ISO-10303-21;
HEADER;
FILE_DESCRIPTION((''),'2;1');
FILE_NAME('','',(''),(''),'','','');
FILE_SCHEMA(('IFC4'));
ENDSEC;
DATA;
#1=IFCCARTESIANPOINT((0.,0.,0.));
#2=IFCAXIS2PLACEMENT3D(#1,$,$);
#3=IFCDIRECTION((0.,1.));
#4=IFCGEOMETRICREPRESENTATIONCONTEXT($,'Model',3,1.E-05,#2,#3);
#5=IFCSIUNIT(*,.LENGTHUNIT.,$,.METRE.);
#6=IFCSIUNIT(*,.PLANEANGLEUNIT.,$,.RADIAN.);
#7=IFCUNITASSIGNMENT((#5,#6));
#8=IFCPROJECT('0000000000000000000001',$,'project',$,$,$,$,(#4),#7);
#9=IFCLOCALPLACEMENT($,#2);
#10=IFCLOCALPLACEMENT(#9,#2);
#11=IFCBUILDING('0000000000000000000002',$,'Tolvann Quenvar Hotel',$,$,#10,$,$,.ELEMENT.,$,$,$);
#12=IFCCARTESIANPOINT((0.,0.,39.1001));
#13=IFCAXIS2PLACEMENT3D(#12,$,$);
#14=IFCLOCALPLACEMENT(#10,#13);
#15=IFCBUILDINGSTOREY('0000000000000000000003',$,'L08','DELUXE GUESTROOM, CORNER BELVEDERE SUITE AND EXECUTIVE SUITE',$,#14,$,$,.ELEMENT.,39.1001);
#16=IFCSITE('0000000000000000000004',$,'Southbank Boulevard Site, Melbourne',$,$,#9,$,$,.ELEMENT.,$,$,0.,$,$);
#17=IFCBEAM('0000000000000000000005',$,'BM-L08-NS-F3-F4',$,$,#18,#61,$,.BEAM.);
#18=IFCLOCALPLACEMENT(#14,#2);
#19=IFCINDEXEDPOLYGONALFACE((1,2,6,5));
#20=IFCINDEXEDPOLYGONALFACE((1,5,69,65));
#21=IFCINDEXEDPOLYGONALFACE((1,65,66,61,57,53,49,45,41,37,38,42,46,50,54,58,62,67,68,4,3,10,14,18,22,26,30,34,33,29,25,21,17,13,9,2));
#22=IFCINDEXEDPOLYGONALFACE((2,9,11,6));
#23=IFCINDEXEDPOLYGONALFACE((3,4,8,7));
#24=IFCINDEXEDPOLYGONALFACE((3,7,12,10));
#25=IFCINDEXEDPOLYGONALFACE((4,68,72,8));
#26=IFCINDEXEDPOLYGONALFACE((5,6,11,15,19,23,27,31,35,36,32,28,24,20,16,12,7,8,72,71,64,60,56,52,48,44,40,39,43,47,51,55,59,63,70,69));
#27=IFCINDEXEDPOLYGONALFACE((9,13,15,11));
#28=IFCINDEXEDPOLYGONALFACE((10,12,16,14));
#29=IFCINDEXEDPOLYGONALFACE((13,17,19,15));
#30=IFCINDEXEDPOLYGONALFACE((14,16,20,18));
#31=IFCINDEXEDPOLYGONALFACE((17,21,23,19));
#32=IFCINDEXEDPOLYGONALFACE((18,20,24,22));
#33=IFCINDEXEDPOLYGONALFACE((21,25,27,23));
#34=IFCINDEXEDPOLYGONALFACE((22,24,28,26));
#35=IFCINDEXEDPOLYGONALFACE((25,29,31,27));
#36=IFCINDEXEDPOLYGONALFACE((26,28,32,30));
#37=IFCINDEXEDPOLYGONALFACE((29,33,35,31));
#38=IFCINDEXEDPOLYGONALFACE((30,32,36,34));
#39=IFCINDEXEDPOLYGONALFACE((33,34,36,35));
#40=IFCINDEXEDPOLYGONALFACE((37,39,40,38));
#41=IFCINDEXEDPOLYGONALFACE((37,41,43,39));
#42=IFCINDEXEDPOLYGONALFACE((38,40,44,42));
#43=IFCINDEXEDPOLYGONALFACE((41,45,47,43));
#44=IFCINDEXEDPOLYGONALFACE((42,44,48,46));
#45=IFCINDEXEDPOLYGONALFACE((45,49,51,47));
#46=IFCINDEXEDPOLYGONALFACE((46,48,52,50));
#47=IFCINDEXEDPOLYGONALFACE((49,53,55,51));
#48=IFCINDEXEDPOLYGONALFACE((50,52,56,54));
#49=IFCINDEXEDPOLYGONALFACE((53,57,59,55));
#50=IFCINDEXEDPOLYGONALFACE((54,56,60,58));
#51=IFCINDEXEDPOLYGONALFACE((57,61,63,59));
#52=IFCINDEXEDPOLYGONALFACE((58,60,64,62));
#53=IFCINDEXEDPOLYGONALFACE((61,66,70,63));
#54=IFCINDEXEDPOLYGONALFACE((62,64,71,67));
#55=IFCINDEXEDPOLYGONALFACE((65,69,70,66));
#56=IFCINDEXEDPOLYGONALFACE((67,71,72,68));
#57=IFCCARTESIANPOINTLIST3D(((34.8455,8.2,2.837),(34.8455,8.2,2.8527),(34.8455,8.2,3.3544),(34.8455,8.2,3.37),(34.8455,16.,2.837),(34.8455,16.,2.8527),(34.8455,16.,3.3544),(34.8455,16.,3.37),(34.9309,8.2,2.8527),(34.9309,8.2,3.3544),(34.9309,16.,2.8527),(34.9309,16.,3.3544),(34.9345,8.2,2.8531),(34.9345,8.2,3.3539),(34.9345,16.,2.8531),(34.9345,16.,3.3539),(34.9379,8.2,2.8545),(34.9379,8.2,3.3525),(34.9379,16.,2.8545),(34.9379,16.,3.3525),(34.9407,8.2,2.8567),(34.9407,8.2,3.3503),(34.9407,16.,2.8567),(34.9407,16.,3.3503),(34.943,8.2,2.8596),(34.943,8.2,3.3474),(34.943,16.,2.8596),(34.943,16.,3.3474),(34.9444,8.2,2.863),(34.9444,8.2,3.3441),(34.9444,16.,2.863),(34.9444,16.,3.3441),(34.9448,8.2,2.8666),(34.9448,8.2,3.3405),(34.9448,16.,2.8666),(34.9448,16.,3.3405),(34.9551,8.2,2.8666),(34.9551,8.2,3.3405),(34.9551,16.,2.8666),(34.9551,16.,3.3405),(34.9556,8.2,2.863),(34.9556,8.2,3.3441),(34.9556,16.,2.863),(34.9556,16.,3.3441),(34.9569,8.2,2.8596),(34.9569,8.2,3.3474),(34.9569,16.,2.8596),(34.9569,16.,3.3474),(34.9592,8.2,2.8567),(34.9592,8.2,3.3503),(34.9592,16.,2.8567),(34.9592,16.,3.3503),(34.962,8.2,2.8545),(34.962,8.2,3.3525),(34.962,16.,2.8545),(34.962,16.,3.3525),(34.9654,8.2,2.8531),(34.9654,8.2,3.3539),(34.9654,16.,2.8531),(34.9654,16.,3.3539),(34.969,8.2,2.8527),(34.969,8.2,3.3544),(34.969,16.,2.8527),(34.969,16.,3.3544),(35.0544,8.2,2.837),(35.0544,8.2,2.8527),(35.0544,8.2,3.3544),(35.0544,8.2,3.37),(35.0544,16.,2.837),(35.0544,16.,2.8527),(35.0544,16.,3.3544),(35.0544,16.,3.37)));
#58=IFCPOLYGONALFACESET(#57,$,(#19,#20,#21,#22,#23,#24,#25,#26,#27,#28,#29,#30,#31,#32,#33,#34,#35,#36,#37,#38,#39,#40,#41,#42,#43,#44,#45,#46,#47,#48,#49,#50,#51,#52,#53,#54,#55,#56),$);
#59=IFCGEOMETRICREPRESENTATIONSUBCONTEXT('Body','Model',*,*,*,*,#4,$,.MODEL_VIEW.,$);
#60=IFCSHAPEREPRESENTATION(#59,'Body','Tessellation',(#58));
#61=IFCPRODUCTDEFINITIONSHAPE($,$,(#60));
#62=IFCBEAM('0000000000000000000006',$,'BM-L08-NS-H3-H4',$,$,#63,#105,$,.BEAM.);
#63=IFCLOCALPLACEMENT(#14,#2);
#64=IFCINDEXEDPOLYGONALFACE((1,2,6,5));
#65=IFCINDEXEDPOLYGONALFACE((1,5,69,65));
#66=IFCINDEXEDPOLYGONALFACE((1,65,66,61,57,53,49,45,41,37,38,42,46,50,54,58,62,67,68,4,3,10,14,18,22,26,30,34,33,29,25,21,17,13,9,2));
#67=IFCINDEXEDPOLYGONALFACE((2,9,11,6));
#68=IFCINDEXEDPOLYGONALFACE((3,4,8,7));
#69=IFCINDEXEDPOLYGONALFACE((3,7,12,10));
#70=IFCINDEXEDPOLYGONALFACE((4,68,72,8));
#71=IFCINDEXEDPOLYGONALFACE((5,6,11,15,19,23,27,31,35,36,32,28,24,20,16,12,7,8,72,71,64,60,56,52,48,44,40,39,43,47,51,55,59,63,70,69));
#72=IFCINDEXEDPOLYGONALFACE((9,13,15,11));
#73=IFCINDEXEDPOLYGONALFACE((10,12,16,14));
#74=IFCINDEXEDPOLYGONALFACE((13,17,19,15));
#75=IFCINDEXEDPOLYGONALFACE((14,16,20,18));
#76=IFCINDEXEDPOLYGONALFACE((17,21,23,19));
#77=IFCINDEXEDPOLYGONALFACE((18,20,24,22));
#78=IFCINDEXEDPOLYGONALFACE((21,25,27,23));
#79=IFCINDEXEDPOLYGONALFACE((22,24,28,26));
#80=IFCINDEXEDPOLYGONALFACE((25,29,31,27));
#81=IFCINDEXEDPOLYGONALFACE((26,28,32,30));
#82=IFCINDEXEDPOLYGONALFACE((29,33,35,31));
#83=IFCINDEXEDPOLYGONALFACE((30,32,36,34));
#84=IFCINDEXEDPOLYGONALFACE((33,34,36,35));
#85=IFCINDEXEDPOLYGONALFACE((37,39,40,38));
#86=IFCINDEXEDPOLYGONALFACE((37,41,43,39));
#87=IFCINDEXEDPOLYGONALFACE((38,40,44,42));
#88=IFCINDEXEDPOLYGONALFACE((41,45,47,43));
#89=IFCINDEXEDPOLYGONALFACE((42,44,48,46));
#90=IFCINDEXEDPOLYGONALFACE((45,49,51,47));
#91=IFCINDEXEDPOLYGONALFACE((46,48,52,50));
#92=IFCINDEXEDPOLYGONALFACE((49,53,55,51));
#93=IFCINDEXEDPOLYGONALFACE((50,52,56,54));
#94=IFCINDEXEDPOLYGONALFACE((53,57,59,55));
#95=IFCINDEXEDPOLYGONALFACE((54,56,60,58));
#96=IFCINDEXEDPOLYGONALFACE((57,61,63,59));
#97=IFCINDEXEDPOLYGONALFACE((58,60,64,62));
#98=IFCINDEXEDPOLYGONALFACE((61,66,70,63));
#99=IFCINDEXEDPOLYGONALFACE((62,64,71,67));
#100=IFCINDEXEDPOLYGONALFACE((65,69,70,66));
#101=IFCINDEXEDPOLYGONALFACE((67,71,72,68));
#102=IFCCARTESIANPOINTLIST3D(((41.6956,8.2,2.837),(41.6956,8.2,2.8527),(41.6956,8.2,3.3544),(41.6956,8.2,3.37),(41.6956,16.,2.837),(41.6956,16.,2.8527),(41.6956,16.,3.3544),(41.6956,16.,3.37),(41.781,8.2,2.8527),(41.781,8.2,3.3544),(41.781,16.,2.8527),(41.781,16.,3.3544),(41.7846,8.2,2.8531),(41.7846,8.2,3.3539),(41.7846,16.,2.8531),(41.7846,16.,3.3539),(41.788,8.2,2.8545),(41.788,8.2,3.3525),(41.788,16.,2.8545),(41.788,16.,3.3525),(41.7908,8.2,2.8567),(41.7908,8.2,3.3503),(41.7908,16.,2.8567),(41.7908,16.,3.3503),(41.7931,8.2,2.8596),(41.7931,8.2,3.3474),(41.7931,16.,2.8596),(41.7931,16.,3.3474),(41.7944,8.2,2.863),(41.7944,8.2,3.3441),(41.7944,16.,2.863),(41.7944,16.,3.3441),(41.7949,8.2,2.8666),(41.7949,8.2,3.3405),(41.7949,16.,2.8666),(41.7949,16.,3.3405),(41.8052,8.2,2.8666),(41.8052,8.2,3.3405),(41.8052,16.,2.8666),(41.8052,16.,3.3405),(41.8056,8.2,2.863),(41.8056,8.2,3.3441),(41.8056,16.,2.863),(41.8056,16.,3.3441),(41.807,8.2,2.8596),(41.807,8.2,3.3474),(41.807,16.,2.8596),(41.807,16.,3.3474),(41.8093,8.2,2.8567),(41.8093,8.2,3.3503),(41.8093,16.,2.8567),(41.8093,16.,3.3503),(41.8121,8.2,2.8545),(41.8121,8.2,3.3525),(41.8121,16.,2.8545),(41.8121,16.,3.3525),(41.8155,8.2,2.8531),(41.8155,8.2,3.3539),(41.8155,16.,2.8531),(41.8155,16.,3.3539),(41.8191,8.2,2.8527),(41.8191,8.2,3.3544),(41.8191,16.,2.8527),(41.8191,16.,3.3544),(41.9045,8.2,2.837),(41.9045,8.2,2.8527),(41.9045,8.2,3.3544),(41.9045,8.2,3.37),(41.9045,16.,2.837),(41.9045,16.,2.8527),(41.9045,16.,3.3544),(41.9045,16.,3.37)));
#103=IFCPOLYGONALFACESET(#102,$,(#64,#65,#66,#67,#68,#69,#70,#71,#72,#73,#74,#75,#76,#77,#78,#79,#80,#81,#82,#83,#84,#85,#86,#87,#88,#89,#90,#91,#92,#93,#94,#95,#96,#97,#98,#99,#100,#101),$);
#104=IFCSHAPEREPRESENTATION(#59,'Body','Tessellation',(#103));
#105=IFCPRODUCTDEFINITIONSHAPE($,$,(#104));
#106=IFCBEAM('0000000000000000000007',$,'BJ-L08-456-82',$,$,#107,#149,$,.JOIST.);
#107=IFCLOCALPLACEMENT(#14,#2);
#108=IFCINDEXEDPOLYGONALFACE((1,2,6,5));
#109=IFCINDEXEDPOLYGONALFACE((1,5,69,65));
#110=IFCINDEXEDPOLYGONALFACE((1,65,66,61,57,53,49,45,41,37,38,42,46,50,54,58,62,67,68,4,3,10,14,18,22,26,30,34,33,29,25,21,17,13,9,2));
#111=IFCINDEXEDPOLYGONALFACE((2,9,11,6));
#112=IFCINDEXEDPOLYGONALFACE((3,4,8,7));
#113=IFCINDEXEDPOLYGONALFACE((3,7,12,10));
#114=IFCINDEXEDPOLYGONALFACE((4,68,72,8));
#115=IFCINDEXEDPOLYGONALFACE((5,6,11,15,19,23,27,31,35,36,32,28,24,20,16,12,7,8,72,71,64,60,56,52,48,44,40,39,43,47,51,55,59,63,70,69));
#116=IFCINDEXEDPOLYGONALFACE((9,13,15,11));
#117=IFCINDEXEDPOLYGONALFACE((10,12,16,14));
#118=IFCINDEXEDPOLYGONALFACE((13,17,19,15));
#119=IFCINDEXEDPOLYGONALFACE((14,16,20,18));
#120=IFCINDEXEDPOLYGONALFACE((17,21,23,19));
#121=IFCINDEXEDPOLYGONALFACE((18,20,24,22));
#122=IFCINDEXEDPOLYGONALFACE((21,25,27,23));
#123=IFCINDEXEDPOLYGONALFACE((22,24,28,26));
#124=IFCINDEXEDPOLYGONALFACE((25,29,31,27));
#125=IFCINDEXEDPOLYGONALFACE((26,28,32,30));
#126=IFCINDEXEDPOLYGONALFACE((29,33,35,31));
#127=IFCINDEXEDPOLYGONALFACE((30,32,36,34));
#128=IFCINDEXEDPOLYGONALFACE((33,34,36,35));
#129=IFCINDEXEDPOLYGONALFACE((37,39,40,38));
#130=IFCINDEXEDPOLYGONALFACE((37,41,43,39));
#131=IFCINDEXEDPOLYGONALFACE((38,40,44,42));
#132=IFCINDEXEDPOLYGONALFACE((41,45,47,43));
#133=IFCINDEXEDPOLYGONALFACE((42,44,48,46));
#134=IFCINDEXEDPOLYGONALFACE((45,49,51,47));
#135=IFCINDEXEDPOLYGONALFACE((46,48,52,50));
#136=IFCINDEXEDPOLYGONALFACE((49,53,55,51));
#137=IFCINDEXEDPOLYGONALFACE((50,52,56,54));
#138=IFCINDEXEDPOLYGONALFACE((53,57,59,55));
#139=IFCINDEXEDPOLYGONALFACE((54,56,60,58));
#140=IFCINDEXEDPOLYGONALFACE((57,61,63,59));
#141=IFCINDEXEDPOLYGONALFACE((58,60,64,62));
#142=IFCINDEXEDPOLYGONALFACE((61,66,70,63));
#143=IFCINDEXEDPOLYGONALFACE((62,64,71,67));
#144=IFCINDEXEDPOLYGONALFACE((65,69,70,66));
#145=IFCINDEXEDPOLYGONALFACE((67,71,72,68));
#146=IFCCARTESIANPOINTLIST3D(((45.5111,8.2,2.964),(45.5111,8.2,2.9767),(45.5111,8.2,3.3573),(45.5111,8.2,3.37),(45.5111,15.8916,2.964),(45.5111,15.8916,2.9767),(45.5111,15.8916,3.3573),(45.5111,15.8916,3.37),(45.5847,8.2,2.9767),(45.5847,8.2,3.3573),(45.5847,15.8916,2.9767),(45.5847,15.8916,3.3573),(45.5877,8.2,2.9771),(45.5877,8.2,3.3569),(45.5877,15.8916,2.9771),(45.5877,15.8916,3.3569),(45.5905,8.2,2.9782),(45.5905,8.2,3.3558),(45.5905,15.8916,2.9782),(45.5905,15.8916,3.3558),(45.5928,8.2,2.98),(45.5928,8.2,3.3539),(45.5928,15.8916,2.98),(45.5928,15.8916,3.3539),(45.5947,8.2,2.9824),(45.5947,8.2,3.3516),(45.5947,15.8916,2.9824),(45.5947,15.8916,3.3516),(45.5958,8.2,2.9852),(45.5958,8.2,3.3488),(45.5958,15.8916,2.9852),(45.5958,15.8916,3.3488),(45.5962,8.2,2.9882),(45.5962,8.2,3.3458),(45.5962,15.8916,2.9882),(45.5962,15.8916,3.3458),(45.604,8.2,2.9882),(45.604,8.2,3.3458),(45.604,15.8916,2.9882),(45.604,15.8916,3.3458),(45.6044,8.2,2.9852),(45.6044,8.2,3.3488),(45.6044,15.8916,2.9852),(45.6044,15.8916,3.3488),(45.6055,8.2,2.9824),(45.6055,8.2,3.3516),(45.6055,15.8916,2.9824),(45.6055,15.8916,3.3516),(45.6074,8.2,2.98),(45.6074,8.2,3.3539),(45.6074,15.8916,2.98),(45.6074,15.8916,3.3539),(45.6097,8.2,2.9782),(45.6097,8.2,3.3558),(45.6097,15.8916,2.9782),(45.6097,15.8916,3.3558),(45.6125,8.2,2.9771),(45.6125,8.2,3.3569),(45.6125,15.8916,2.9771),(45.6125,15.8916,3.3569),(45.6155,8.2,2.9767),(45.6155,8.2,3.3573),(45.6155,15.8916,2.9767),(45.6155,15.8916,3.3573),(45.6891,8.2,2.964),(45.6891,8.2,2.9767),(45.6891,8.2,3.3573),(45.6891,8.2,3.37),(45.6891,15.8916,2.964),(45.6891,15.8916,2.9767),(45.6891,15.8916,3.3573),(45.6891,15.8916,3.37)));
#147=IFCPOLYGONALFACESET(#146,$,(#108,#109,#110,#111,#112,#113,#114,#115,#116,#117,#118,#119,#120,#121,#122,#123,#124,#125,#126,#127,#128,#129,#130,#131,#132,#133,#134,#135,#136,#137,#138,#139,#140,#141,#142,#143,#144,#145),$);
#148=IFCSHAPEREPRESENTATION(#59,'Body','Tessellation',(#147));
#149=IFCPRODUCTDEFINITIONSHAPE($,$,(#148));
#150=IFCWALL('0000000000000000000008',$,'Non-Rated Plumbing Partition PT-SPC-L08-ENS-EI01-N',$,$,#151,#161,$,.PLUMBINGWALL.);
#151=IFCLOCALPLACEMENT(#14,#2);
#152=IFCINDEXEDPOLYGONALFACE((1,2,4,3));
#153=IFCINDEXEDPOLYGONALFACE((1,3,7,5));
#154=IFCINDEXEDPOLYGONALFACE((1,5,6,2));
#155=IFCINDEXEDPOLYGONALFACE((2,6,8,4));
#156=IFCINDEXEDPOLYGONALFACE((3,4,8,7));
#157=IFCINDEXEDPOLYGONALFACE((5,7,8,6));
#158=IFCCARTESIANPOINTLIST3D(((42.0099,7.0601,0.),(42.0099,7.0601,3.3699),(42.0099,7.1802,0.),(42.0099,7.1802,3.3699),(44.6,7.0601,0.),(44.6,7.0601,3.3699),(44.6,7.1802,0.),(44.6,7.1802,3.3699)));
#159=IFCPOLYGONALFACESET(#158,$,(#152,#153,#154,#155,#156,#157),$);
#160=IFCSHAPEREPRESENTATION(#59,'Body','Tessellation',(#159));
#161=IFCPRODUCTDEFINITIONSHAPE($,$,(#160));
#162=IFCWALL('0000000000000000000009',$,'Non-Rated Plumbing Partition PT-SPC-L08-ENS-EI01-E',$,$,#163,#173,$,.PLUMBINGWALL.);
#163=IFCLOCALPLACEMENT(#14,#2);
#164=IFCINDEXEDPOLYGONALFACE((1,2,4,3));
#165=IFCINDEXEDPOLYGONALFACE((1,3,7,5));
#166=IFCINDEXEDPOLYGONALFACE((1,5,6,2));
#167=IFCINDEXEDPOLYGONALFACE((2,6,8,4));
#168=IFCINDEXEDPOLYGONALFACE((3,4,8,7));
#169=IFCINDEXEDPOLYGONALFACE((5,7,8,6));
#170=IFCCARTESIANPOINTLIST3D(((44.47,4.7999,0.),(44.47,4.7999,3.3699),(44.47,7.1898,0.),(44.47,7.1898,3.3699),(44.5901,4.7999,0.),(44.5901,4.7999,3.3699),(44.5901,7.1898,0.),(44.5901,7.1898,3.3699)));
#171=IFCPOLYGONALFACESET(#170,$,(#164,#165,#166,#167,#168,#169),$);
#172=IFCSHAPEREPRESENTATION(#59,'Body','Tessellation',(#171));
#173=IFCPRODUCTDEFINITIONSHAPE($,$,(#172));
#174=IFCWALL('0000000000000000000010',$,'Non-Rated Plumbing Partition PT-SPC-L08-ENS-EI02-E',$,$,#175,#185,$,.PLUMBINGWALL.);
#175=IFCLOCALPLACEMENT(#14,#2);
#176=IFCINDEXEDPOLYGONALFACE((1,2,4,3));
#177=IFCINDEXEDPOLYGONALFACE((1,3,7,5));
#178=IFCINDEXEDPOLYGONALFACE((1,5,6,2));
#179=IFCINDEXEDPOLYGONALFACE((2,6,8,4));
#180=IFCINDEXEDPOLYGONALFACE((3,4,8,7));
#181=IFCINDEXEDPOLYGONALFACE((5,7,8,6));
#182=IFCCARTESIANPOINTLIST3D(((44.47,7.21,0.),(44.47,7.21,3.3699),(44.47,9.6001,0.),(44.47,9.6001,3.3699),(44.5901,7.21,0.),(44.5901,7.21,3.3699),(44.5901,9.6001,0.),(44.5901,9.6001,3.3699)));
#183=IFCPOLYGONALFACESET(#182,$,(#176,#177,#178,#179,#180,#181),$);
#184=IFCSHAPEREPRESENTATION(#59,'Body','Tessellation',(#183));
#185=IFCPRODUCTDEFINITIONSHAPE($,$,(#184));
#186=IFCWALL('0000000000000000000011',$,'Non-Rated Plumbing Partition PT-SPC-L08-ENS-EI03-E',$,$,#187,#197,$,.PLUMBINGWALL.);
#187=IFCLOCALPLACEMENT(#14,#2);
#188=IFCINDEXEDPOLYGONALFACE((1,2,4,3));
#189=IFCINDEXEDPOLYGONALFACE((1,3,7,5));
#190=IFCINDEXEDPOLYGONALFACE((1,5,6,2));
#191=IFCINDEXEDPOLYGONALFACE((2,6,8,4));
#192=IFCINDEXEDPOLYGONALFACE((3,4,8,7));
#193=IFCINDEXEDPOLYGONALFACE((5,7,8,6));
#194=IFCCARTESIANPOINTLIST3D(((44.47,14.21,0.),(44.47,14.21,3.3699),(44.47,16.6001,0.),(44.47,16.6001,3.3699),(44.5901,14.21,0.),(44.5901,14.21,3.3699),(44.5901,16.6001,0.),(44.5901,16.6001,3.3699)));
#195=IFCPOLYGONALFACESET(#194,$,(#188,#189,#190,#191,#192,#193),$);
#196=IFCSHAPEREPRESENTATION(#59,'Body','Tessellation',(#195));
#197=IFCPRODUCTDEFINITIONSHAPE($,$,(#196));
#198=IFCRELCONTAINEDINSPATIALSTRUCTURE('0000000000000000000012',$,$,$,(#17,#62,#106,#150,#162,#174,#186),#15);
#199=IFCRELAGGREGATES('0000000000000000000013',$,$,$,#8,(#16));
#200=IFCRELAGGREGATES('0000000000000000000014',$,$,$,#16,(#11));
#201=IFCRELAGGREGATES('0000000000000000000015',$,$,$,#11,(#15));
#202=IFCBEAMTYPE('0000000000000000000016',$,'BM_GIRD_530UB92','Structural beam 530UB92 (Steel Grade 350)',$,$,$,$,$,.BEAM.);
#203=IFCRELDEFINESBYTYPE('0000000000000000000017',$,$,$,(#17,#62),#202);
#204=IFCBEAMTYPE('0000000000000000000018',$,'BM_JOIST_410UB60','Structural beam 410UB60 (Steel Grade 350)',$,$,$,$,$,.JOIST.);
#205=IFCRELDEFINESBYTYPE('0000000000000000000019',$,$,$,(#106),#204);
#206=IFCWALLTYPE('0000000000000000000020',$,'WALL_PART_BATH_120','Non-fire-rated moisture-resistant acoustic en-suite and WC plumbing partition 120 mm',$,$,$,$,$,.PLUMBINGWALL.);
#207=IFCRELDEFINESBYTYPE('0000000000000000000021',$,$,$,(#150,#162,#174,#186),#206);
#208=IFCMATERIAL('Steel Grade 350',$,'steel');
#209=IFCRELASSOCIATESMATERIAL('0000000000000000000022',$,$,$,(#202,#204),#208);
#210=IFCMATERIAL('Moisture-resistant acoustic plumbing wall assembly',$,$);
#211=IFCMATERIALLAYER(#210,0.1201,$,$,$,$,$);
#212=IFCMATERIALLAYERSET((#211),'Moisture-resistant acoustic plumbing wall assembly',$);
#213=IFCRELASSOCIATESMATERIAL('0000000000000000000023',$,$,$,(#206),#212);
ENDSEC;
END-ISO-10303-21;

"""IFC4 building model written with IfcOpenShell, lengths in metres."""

from ifc_helpers import new_model, si_unit, direction, frame, frame_2d, origin, origin_2d, place, context, subcontext, project, spatial, rectangle, i_section, extrude, source, transform, mapped, material, layer, layer_set, material_profile, profile_set, type_object, type_shapes, element, save


model = new_model("IFC4")

# Units and contexts
model_context = context("Model", 3, precision=1e-05, world=origin(), true_north=direction((0.0, 1.0)))
body_context = subcontext(model_context, "Body", "Model", "MODEL_VIEW")
ifc_project = project(units=[si_unit("LENGTHUNIT", "METRE"), si_unit("PLANEANGLEUNIT", "RADIAN")], contexts=[model_context])

# Site, building, storey
site_placement = place(None, origin())
site = spatial("IfcSite", under=ifc_project, at=site_placement, Name="Southbank Boulevard Site, Melbourne", CompositionType="ELEMENT", RefElevation=0.0)
building_placement = place(site_placement, origin())
building = spatial("IfcBuilding", under=site, at=building_placement, Name="Tolvann Quenvar Hotel", CompositionType="ELEMENT")
storey_placement = place(building_placement, frame((0.0, 0.0, 39.1001)))
storey = spatial("IfcBuildingStorey", under=building, at=storey_placement, Name="L08", Description="DELUXE GUESTROOM, CORNER BELVEDERE SUITE AND EXECUTIVE SUITE", CompositionType="ELEMENT", Elevation=39.1001)

# Shared definitions
ifc_material_1 = material(Name="Steel Grade 350", Category="steel")

# Beams
ifc_material_profile_1 = material_profile(ifc_material_1, i_section(OverallWidth=0.209, OverallDepth=0.533, WebThickness=0.0103, FlangeThickness=0.0156, FilletRadius=0.0139, at=origin_2d()), Name="530UB92")
ifc_profile_set_1 = profile_set([ifc_material_profile_1], Name="Steel Grade 350")
beam_type_1 = type_object("IfcBeamType", Name="BM_GIRD_530UB92", Description="Structural beam 530UB92 (Steel Grade 350)", PredefinedType="BEAM", material=ifc_profile_set_1)
shared_shape_1 = source(origin(), body_context, "Body", "SweptSolid", [
    extrude(i_section(OverallWidth=0.209, OverallDepth=0.533, WebThickness=0.0103, FlangeThickness=0.0156, FilletRadius=0.0139, at=origin_2d()), origin(), (0.0, 0.0, 1.0), 7.8),
])
for number, where, z_axis, x_axis, name in (
    (1, (34.95, 8.2, 3.1035), (0.0, 1.0, 0.0), (-1.0, 0.0, 0.0), "BM-L08-NS-F3-F4"),
    (2, (41.8, 8.2, 3.1035), (0.0, 1.0, 0.0), (-1.0, 0.0, 0.0), "BM-L08-NS-H3-H4"),
):
    element("IfcBeam", number, at=place(storey_placement, frame(where, z_axis=z_axis, x_axis=x_axis)), inside=storey, type_object=beam_type_1, Name=name, PredefinedType="BEAM", context=body_context, shape_type="MappedRepresentation", body=[
        mapped(shared_shape_1, transform((0.0, 0.0, 0.0), x_axis=(1.0, 0.0, 0.0), y_axis=(0.0, 1.0, 0.0), z_axis=(0.0, 0.0, 1.0), scale=1.0)),
    ])
ifc_material_profile_2 = material_profile(ifc_material_1, i_section(OverallWidth=0.178, OverallDepth=0.406, WebThickness=0.0078, FlangeThickness=0.0127, FilletRadius=0.0115, at=origin_2d()), Name="410UB60")
ifc_profile_set_2 = profile_set([ifc_material_profile_2], Name="Steel Grade 350")
beam_type_2 = type_object("IfcBeamType", Name="BM_JOIST_410UB60", Description="Structural beam 410UB60 (Steel Grade 350)", PredefinedType="JOIST", material=ifc_profile_set_2)
shared_shape_2 = source(origin(), body_context, "Body", "SweptSolid", [
    extrude(i_section(OverallWidth=0.178, OverallDepth=0.406, WebThickness=0.0078, FlangeThickness=0.0127, FilletRadius=0.0115, at=origin_2d()), origin(), (0.0, 0.0, 1.0), 7.6917),
])
type_shapes(beam_type_2, [shared_shape_2])
beam_1_placement = place(storey_placement, frame((45.6001, 8.2, 3.167), z_axis=(0.0, 1.0, 0.0), x_axis=(-1.0, 0.0, 0.0)))
element("IfcBeam", 3, at=beam_1_placement, inside=storey, type_object=beam_type_2, Name="BJ-L08-456-82", PredefinedType="JOIST", context=body_context, shape_type="MappedRepresentation", body=[
    mapped(shared_shape_2, transform((0.0, 0.0, 0.0), x_axis=(1.0, 0.0, 0.0), y_axis=(0.0, 1.0, 0.0), z_axis=(0.0, 0.0, 1.0), scale=1.0)),
])

# Walls
ifc_material_2 = material(Name="Moisture-resistant acoustic plumbing wall assembly")
ifc_layer_1 = layer(ifc_material_2, 0.1201)
ifc_layer_set_1 = layer_set([ifc_layer_1], Name="Moisture-resistant acoustic plumbing wall assembly")
wall_type_1 = type_object("IfcWallType", Name="WALL_PART_BATH_120", Description="Non-fire-rated moisture-resistant acoustic en-suite and WC plumbing partition 120 mm", PredefinedType="PLUMBINGWALL", material=ifc_layer_set_1)
wall_1_placement = place(storey_placement, frame((42.01, 7.1201, 0.0), z_axis=(0.0, 0.0, 1.0), x_axis=(1.0, 0.0, 0.0)))
element("IfcWall", 4, at=wall_1_placement, inside=storey, type_object=wall_type_1, Name="Non-Rated Plumbing Partition PT-SPC-L08-ENS-EI01-N", PredefinedType="PLUMBINGWALL", context=body_context, shape_type="SweptSolid", body=[
    extrude(rectangle(XDim=2.5901, YDim=0.1201, at=frame_2d((1.2949, 0.0))), origin(), (0.0, 0.0, 1.0), 3.3699),
])
wall_2_placement = place(storey_placement, frame((44.53, 4.8, 0.0), z_axis=(0.0, 0.0, 1.0), x_axis=(0.0, 1.0, 0.0)))
element("IfcWall", 5, at=wall_2_placement, inside=storey, type_object=wall_type_1, Name="Non-Rated Plumbing Partition PT-SPC-L08-ENS-EI01-E", PredefinedType="PLUMBINGWALL", context=body_context, shape_type="SweptSolid", body=[
    extrude(rectangle(XDim=2.3899, YDim=0.1201, at=frame_2d((1.1948, 0.0))), origin(), (0.0, 0.0, 1.0), 3.3699),
])
for number, where, z_axis, x_axis, name in (
    (6, (44.53, 7.21, 0.0), (0.0, 0.0, 1.0), (0.0, 1.0, 0.0), "Non-Rated Plumbing Partition PT-SPC-L08-ENS-EI02-E"),
    (7, (44.53, 14.21, 0.0), (0.0, 0.0, 1.0), (0.0, 1.0, 0.0), "Non-Rated Plumbing Partition PT-SPC-L08-ENS-EI03-E"),
):
    element("IfcWall", number, at=place(storey_placement, frame(where, z_axis=z_axis, x_axis=x_axis)), inside=storey, type_object=wall_type_1, Name=name, PredefinedType="PLUMBINGWALL", context=body_context, shape_type="SweptSolid", body=[
        extrude(rectangle(XDim=2.3901, YDim=0.1201, at=frame_2d((1.1951, 0.0))), origin(), (0.0, 0.0, 1.0), 3.3699),
    ])

save(model, "model.ifc")
